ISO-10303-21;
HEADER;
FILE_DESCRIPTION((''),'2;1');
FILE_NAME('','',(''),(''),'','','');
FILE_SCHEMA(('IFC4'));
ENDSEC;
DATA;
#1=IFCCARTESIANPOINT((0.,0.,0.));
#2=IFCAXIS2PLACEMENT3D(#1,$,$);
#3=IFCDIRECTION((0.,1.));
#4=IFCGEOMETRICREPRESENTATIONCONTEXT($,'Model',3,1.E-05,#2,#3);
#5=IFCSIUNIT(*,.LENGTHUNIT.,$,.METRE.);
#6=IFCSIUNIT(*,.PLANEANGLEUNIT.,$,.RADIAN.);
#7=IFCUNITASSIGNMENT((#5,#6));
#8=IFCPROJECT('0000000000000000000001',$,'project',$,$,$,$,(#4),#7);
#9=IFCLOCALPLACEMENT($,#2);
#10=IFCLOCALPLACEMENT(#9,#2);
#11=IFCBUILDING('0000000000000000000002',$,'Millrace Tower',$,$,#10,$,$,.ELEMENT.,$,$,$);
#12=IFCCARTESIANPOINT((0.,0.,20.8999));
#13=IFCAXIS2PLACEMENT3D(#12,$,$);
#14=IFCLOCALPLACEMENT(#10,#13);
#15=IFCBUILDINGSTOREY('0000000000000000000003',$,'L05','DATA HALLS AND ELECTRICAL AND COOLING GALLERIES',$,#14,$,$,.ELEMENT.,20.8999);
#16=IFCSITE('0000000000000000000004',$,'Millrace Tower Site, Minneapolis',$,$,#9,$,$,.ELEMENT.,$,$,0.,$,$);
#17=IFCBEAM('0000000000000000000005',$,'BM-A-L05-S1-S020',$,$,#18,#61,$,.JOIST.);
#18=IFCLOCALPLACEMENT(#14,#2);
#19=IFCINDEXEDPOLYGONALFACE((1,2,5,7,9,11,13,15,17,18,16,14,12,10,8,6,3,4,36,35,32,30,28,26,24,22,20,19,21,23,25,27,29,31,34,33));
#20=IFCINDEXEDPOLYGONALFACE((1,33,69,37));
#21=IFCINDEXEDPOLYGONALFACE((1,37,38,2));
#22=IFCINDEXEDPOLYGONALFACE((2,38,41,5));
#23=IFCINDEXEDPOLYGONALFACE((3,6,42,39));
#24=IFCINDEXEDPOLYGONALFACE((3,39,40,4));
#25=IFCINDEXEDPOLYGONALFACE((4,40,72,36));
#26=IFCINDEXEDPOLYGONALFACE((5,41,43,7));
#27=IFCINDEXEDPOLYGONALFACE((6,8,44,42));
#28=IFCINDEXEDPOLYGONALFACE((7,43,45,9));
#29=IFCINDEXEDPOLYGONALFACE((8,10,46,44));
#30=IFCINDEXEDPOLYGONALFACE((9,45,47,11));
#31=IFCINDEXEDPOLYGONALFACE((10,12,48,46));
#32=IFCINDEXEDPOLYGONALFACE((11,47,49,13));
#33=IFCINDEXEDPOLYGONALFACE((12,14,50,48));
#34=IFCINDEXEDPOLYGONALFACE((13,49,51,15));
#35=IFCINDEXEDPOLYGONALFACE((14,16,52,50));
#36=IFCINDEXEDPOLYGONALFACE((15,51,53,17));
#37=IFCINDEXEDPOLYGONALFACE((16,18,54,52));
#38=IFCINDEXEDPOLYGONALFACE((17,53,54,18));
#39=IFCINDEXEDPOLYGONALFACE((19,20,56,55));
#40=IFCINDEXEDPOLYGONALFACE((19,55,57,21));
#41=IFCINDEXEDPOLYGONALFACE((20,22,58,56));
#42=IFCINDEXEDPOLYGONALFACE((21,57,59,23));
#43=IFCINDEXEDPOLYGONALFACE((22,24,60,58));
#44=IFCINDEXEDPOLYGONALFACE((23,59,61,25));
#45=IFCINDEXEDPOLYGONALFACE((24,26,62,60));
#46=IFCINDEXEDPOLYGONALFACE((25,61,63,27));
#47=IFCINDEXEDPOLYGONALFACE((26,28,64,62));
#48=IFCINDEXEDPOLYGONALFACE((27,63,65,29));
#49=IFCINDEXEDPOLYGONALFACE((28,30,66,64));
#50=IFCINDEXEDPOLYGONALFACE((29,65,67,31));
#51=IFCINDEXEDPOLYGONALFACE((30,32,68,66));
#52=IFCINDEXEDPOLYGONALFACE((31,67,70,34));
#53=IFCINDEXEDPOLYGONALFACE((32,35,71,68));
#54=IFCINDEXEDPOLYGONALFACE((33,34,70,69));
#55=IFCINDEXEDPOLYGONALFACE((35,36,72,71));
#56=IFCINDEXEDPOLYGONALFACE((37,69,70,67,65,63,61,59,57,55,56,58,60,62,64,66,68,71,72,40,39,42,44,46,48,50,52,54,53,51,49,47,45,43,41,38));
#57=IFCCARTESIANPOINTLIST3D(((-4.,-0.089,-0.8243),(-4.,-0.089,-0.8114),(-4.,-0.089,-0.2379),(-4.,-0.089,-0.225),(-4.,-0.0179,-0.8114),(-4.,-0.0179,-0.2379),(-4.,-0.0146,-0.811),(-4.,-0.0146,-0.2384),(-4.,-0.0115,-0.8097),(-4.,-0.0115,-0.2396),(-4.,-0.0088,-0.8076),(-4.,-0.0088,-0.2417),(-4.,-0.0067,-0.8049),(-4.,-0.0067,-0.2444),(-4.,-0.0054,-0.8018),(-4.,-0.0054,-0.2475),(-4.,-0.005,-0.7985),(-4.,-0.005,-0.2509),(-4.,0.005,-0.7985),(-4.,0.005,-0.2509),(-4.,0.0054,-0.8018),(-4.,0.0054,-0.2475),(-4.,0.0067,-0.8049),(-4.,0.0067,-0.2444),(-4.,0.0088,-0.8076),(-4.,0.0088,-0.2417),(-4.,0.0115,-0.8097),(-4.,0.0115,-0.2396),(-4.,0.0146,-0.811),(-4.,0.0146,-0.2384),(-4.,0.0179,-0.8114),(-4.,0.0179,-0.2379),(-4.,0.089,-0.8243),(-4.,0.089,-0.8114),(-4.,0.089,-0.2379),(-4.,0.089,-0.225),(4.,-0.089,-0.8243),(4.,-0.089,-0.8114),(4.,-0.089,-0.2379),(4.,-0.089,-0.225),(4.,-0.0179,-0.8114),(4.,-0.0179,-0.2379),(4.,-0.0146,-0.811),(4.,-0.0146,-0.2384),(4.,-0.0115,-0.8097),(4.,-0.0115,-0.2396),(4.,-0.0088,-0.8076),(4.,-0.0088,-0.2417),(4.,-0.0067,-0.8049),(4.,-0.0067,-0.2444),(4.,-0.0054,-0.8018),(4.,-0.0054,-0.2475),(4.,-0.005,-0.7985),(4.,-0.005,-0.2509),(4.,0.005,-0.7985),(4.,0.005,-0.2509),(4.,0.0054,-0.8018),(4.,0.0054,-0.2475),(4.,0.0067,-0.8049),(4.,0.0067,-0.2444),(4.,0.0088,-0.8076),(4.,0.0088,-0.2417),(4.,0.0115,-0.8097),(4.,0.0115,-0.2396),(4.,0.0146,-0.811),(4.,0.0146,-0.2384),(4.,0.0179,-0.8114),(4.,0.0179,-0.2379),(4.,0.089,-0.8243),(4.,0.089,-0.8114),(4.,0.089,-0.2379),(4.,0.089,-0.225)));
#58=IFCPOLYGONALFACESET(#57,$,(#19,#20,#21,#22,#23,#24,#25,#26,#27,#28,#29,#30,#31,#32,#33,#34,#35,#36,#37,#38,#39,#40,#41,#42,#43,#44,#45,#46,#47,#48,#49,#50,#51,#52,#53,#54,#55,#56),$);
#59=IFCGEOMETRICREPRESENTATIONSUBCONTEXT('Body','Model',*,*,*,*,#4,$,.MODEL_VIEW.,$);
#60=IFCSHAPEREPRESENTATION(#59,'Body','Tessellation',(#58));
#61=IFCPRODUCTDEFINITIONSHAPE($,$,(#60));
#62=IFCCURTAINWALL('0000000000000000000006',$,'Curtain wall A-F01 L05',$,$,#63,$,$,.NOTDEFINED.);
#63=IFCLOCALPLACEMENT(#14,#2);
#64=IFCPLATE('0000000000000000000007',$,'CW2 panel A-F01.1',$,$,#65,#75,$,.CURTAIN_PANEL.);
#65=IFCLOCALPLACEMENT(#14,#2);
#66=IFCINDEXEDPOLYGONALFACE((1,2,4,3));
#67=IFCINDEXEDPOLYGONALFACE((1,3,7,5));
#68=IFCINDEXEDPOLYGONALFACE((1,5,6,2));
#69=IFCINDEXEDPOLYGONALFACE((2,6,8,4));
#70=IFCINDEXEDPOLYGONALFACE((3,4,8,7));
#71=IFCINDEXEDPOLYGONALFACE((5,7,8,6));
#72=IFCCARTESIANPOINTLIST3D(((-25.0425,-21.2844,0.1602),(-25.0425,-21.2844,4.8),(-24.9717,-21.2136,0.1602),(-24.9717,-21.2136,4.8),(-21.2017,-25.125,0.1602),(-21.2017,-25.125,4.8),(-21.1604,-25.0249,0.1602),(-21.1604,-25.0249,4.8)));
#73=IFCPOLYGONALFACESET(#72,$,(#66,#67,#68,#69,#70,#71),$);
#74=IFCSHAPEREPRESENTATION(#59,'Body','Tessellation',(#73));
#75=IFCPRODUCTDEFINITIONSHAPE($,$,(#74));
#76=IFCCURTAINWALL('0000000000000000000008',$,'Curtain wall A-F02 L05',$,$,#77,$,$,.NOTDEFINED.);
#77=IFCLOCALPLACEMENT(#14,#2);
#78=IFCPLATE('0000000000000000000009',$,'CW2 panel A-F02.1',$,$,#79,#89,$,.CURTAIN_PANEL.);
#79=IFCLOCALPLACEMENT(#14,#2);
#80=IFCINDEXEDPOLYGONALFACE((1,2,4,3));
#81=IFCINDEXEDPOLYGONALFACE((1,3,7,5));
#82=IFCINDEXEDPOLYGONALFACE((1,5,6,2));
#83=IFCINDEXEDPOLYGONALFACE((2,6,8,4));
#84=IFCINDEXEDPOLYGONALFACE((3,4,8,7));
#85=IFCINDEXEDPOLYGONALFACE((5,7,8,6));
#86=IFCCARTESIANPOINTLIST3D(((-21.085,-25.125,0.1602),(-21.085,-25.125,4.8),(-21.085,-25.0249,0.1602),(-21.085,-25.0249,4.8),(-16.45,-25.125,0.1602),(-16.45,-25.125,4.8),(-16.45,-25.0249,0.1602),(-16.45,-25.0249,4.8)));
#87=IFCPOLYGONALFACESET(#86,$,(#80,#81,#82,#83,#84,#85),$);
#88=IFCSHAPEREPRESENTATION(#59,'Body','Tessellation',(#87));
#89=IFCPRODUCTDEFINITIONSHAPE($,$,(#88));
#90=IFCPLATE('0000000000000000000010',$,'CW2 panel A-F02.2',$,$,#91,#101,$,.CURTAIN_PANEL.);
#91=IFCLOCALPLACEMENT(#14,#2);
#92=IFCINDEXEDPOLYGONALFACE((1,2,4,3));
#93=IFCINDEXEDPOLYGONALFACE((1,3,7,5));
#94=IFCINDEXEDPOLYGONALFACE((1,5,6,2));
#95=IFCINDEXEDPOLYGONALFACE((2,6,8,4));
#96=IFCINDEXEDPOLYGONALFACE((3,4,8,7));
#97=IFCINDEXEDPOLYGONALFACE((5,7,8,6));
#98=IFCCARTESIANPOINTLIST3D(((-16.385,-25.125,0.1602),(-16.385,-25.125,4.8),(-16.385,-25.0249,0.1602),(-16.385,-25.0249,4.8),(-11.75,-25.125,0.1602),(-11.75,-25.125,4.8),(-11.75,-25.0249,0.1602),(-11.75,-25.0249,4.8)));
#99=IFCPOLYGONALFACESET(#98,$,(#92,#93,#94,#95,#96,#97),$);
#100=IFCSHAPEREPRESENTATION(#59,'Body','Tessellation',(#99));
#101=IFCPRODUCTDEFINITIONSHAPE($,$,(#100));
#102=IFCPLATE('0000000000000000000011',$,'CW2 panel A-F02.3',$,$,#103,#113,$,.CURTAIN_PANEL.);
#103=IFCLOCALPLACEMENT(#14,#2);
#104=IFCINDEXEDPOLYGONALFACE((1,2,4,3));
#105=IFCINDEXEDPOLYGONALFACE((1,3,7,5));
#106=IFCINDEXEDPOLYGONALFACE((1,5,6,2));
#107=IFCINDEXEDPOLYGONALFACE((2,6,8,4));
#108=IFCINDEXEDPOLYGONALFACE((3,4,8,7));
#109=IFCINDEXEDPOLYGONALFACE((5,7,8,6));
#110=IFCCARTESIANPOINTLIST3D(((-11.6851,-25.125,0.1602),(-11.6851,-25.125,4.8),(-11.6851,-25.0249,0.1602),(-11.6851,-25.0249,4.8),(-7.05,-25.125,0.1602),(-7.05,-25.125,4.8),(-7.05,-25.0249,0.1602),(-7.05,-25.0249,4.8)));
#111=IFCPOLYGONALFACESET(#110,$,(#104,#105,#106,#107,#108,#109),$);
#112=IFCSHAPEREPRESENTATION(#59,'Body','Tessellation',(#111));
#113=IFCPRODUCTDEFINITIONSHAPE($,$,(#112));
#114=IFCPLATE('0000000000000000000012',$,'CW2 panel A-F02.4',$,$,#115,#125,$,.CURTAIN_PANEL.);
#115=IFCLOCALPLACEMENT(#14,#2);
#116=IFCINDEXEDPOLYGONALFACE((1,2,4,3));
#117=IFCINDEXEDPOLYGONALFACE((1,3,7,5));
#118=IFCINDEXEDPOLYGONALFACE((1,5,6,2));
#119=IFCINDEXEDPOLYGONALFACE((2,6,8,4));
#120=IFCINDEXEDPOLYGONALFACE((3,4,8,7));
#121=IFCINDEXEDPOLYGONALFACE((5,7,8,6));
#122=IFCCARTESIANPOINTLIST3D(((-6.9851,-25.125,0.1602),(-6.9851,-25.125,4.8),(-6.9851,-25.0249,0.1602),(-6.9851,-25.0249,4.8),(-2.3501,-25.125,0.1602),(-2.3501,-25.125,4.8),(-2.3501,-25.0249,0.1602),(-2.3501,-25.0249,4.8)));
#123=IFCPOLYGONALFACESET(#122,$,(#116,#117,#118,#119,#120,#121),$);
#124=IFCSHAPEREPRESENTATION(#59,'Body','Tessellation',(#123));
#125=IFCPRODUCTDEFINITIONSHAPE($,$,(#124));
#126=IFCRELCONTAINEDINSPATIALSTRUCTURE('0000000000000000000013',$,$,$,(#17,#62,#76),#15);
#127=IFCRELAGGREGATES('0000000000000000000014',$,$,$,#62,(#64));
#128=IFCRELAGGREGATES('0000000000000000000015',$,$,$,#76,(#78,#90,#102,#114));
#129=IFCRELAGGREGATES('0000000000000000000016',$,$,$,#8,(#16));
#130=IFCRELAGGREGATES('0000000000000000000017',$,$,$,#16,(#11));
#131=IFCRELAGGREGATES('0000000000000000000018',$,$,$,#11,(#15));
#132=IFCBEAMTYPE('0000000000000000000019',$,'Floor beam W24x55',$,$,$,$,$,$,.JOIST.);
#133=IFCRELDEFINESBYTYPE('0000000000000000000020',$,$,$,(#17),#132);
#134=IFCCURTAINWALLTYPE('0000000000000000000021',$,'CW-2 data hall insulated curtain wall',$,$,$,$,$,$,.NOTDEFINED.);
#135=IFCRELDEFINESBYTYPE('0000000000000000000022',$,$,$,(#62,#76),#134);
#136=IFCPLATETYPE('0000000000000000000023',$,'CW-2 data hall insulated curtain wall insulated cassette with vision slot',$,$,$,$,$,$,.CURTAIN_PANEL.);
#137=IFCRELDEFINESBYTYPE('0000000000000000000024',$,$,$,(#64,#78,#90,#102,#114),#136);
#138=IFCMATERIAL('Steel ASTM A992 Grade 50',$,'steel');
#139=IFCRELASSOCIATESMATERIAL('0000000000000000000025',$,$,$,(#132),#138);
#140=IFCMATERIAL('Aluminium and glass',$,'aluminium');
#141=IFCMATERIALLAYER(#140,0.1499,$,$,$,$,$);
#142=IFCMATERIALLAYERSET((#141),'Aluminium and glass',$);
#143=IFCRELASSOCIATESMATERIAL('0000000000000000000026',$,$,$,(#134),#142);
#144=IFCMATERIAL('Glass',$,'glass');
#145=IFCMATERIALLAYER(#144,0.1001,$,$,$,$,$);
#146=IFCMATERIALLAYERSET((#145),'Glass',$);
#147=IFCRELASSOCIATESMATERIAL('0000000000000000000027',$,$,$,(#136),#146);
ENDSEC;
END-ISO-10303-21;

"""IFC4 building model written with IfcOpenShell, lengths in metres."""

from ifc_helpers import new_model, si_unit, direction, frame, origin, origin_2d, place, context, subcontext, project, spatial, polyline, i_section, outline, extrude, material, layer, layer_set, material_profile, profile_set, type_object, element, aggregate, save


model = new_model("IFC4")

# Units and contexts
model_context = context("Model", 3, precision=1e-05, world=origin(), true_north=direction((0.0, 1.0)))
body_context = subcontext(model_context, "Body", "Model", "MODEL_VIEW")
ifc_project = project(units=[si_unit("LENGTHUNIT", "METRE"), si_unit("PLANEANGLEUNIT", "RADIAN")], contexts=[model_context])

# Site, building, storey
site_placement = place(None, origin())
site = spatial("IfcSite", under=ifc_project, at=site_placement, Name="Millrace Tower Site, Minneapolis", CompositionType="ELEMENT", RefElevation=0.0)
building_placement = place(site_placement, origin())
building = spatial("IfcBuilding", under=site, at=building_placement, Name="Millrace Tower", CompositionType="ELEMENT")
storey_placement = place(building_placement, frame((0.0, 0.0, 20.8999)))
storey = spatial("IfcBuildingStorey", under=building, at=storey_placement, Name="L05", Description="DATA HALLS AND ELECTRICAL AND COOLING GALLERIES", CompositionType="ELEMENT", Elevation=20.8999)

# Beam
ifc_material_1 = material(Name="Steel ASTM A992 Grade 50", Category="steel")
ifc_material_profile_1 = material_profile(ifc_material_1, i_section(OverallWidth=0.178, OverallDepth=0.5994, WebThickness=0.01, FlangeThickness=0.0129, FilletRadius=0.0129, at=origin_2d()))
ifc_profile_set_1 = profile_set([ifc_material_profile_1], Name="Steel ASTM A992 Grade 50")
beam_type_1 = type_object("IfcBeamType", Name="Floor beam W24x55", PredefinedType="JOIST", material=ifc_profile_set_1)
for number, where, z_axis, x_axis, name in (
    (1, (-4.0, 0.0, -0.5247), (1.0, 0.0, 0.0), (0.0, 1.0, 0.0), "BM-A-L05-S1-S020"),
):
    element("IfcBeam", number, at=place(storey_placement, frame(where, z_axis=z_axis, x_axis=x_axis)), inside=storey, type_object=beam_type_1, Name=name, PredefinedType="JOIST", context=body_context, shape_type="SweptSolid", body=[
        extrude(i_section(OverallWidth=0.178, OverallDepth=0.5994, WebThickness=0.01, FlangeThickness=0.0129, FilletRadius=0.0129, at=origin_2d()), origin(), (0.0, 0.0, 1.0), 8.0),
    ])

# Curtain wall, plate
ifc_material_2 = material(Name="Aluminium and glass", Category="aluminium")
ifc_layer_1 = layer(ifc_material_2, 0.1499)
ifc_layer_set_1 = layer_set([ifc_layer_1], Name="Aluminium and glass")
curtain_wall_type = type_object("IfcCurtainWallType", Name="CW-2 data hall insulated curtain wall", PredefinedType="NOTDEFINED", material=ifc_layer_set_1)
placement_1 = place(storey_placement, origin())
curtain_wall_1 = element("IfcCurtainWall", 2, at=placement_1, inside=storey, type_object=curtain_wall_type, Name="Curtain wall A-F01 L05", PredefinedType="NOTDEFINED")
ifc_material_3 = material(Name="Glass", Category="glass")
ifc_layer_2 = layer(ifc_material_3, 0.1001)
ifc_layer_set_2 = layer_set([ifc_layer_2], Name="Glass")
plate_type = type_object("IfcPlateType", Name="CW-2 data hall insulated curtain wall insulated cassette with vision slot", PredefinedType="CURTAIN_PANEL", material=ifc_layer_set_2)
placement_2 = place(storey_placement, frame((0.0, 0.0, 0.1602)))
plate_1 = element("IfcPlate", 3, at=placement_2, type_object=plate_type, Name="CW2 panel A-F01.1", PredefinedType="CURTAIN_PANEL", context=body_context, shape_type="SweptSolid", body=[
    extrude(outline(polyline([(-25.0425, -21.2844), (-21.2017, -25.125), (-21.1604, -25.0249), (-24.9717, -21.2136), (-25.0425, -21.2844)])), origin(), (0.0, 0.0, 1.0), 4.6399),
])
aggregate(curtain_wall_1, [plate_1])

# Curtain wall, plates
curtain_wall_2 = element("IfcCurtainWall", 4, at=placement_1, inside=storey, type_object=curtain_wall_type, Name="Curtain wall A-F02 L05", PredefinedType="NOTDEFINED")
plate_2 = element("IfcPlate", 5, at=placement_2, type_object=plate_type, Name="CW2 panel A-F02.1", PredefinedType="CURTAIN_PANEL", context=body_context, shape_type="SweptSolid", body=[
    extrude(outline(polyline([(-21.085, -25.125), (-16.45, -25.125), (-16.45, -25.0249), (-21.085, -25.0249), (-21.085, -25.125)])), origin(), (0.0, 0.0, 1.0), 4.6399),
])
plate_3 = element("IfcPlate", 6, at=placement_2, type_object=plate_type, Name="CW2 panel A-F02.2", PredefinedType="CURTAIN_PANEL", context=body_context, shape_type="SweptSolid", body=[
    extrude(outline(polyline([(-16.385, -25.125), (-11.75, -25.125), (-11.75, -25.0249), (-16.385, -25.0249), (-16.385, -25.125)])), origin(), (0.0, 0.0, 1.0), 4.6399),
])
plate_4 = element("IfcPlate", 7, at=placement_2, type_object=plate_type, Name="CW2 panel A-F02.3", PredefinedType="CURTAIN_PANEL", context=body_context, shape_type="SweptSolid", body=[
    extrude(outline(polyline([(-11.6851, -25.125), (-7.05, -25.125), (-7.05, -25.0249), (-11.6851, -25.0249), (-11.6851, -25.125)])), origin(), (0.0, 0.0, 1.0), 4.6399),
])
plate_5 = element("IfcPlate", 8, at=placement_2, type_object=plate_type, Name="CW2 panel A-F02.4", PredefinedType="CURTAIN_PANEL", context=body_context, shape_type="SweptSolid", body=[
    extrude(outline(polyline([(-6.9851, -25.125), (-2.3501, -25.125), (-2.3501, -25.0249), (-6.9851, -25.0249), (-6.9851, -25.125)])), origin(), (0.0, 0.0, 1.0), 4.6399),
])
aggregate(curtain_wall_2, [plate_2, plate_3, plate_4, plate_5])

save(model, "model.ifc")
